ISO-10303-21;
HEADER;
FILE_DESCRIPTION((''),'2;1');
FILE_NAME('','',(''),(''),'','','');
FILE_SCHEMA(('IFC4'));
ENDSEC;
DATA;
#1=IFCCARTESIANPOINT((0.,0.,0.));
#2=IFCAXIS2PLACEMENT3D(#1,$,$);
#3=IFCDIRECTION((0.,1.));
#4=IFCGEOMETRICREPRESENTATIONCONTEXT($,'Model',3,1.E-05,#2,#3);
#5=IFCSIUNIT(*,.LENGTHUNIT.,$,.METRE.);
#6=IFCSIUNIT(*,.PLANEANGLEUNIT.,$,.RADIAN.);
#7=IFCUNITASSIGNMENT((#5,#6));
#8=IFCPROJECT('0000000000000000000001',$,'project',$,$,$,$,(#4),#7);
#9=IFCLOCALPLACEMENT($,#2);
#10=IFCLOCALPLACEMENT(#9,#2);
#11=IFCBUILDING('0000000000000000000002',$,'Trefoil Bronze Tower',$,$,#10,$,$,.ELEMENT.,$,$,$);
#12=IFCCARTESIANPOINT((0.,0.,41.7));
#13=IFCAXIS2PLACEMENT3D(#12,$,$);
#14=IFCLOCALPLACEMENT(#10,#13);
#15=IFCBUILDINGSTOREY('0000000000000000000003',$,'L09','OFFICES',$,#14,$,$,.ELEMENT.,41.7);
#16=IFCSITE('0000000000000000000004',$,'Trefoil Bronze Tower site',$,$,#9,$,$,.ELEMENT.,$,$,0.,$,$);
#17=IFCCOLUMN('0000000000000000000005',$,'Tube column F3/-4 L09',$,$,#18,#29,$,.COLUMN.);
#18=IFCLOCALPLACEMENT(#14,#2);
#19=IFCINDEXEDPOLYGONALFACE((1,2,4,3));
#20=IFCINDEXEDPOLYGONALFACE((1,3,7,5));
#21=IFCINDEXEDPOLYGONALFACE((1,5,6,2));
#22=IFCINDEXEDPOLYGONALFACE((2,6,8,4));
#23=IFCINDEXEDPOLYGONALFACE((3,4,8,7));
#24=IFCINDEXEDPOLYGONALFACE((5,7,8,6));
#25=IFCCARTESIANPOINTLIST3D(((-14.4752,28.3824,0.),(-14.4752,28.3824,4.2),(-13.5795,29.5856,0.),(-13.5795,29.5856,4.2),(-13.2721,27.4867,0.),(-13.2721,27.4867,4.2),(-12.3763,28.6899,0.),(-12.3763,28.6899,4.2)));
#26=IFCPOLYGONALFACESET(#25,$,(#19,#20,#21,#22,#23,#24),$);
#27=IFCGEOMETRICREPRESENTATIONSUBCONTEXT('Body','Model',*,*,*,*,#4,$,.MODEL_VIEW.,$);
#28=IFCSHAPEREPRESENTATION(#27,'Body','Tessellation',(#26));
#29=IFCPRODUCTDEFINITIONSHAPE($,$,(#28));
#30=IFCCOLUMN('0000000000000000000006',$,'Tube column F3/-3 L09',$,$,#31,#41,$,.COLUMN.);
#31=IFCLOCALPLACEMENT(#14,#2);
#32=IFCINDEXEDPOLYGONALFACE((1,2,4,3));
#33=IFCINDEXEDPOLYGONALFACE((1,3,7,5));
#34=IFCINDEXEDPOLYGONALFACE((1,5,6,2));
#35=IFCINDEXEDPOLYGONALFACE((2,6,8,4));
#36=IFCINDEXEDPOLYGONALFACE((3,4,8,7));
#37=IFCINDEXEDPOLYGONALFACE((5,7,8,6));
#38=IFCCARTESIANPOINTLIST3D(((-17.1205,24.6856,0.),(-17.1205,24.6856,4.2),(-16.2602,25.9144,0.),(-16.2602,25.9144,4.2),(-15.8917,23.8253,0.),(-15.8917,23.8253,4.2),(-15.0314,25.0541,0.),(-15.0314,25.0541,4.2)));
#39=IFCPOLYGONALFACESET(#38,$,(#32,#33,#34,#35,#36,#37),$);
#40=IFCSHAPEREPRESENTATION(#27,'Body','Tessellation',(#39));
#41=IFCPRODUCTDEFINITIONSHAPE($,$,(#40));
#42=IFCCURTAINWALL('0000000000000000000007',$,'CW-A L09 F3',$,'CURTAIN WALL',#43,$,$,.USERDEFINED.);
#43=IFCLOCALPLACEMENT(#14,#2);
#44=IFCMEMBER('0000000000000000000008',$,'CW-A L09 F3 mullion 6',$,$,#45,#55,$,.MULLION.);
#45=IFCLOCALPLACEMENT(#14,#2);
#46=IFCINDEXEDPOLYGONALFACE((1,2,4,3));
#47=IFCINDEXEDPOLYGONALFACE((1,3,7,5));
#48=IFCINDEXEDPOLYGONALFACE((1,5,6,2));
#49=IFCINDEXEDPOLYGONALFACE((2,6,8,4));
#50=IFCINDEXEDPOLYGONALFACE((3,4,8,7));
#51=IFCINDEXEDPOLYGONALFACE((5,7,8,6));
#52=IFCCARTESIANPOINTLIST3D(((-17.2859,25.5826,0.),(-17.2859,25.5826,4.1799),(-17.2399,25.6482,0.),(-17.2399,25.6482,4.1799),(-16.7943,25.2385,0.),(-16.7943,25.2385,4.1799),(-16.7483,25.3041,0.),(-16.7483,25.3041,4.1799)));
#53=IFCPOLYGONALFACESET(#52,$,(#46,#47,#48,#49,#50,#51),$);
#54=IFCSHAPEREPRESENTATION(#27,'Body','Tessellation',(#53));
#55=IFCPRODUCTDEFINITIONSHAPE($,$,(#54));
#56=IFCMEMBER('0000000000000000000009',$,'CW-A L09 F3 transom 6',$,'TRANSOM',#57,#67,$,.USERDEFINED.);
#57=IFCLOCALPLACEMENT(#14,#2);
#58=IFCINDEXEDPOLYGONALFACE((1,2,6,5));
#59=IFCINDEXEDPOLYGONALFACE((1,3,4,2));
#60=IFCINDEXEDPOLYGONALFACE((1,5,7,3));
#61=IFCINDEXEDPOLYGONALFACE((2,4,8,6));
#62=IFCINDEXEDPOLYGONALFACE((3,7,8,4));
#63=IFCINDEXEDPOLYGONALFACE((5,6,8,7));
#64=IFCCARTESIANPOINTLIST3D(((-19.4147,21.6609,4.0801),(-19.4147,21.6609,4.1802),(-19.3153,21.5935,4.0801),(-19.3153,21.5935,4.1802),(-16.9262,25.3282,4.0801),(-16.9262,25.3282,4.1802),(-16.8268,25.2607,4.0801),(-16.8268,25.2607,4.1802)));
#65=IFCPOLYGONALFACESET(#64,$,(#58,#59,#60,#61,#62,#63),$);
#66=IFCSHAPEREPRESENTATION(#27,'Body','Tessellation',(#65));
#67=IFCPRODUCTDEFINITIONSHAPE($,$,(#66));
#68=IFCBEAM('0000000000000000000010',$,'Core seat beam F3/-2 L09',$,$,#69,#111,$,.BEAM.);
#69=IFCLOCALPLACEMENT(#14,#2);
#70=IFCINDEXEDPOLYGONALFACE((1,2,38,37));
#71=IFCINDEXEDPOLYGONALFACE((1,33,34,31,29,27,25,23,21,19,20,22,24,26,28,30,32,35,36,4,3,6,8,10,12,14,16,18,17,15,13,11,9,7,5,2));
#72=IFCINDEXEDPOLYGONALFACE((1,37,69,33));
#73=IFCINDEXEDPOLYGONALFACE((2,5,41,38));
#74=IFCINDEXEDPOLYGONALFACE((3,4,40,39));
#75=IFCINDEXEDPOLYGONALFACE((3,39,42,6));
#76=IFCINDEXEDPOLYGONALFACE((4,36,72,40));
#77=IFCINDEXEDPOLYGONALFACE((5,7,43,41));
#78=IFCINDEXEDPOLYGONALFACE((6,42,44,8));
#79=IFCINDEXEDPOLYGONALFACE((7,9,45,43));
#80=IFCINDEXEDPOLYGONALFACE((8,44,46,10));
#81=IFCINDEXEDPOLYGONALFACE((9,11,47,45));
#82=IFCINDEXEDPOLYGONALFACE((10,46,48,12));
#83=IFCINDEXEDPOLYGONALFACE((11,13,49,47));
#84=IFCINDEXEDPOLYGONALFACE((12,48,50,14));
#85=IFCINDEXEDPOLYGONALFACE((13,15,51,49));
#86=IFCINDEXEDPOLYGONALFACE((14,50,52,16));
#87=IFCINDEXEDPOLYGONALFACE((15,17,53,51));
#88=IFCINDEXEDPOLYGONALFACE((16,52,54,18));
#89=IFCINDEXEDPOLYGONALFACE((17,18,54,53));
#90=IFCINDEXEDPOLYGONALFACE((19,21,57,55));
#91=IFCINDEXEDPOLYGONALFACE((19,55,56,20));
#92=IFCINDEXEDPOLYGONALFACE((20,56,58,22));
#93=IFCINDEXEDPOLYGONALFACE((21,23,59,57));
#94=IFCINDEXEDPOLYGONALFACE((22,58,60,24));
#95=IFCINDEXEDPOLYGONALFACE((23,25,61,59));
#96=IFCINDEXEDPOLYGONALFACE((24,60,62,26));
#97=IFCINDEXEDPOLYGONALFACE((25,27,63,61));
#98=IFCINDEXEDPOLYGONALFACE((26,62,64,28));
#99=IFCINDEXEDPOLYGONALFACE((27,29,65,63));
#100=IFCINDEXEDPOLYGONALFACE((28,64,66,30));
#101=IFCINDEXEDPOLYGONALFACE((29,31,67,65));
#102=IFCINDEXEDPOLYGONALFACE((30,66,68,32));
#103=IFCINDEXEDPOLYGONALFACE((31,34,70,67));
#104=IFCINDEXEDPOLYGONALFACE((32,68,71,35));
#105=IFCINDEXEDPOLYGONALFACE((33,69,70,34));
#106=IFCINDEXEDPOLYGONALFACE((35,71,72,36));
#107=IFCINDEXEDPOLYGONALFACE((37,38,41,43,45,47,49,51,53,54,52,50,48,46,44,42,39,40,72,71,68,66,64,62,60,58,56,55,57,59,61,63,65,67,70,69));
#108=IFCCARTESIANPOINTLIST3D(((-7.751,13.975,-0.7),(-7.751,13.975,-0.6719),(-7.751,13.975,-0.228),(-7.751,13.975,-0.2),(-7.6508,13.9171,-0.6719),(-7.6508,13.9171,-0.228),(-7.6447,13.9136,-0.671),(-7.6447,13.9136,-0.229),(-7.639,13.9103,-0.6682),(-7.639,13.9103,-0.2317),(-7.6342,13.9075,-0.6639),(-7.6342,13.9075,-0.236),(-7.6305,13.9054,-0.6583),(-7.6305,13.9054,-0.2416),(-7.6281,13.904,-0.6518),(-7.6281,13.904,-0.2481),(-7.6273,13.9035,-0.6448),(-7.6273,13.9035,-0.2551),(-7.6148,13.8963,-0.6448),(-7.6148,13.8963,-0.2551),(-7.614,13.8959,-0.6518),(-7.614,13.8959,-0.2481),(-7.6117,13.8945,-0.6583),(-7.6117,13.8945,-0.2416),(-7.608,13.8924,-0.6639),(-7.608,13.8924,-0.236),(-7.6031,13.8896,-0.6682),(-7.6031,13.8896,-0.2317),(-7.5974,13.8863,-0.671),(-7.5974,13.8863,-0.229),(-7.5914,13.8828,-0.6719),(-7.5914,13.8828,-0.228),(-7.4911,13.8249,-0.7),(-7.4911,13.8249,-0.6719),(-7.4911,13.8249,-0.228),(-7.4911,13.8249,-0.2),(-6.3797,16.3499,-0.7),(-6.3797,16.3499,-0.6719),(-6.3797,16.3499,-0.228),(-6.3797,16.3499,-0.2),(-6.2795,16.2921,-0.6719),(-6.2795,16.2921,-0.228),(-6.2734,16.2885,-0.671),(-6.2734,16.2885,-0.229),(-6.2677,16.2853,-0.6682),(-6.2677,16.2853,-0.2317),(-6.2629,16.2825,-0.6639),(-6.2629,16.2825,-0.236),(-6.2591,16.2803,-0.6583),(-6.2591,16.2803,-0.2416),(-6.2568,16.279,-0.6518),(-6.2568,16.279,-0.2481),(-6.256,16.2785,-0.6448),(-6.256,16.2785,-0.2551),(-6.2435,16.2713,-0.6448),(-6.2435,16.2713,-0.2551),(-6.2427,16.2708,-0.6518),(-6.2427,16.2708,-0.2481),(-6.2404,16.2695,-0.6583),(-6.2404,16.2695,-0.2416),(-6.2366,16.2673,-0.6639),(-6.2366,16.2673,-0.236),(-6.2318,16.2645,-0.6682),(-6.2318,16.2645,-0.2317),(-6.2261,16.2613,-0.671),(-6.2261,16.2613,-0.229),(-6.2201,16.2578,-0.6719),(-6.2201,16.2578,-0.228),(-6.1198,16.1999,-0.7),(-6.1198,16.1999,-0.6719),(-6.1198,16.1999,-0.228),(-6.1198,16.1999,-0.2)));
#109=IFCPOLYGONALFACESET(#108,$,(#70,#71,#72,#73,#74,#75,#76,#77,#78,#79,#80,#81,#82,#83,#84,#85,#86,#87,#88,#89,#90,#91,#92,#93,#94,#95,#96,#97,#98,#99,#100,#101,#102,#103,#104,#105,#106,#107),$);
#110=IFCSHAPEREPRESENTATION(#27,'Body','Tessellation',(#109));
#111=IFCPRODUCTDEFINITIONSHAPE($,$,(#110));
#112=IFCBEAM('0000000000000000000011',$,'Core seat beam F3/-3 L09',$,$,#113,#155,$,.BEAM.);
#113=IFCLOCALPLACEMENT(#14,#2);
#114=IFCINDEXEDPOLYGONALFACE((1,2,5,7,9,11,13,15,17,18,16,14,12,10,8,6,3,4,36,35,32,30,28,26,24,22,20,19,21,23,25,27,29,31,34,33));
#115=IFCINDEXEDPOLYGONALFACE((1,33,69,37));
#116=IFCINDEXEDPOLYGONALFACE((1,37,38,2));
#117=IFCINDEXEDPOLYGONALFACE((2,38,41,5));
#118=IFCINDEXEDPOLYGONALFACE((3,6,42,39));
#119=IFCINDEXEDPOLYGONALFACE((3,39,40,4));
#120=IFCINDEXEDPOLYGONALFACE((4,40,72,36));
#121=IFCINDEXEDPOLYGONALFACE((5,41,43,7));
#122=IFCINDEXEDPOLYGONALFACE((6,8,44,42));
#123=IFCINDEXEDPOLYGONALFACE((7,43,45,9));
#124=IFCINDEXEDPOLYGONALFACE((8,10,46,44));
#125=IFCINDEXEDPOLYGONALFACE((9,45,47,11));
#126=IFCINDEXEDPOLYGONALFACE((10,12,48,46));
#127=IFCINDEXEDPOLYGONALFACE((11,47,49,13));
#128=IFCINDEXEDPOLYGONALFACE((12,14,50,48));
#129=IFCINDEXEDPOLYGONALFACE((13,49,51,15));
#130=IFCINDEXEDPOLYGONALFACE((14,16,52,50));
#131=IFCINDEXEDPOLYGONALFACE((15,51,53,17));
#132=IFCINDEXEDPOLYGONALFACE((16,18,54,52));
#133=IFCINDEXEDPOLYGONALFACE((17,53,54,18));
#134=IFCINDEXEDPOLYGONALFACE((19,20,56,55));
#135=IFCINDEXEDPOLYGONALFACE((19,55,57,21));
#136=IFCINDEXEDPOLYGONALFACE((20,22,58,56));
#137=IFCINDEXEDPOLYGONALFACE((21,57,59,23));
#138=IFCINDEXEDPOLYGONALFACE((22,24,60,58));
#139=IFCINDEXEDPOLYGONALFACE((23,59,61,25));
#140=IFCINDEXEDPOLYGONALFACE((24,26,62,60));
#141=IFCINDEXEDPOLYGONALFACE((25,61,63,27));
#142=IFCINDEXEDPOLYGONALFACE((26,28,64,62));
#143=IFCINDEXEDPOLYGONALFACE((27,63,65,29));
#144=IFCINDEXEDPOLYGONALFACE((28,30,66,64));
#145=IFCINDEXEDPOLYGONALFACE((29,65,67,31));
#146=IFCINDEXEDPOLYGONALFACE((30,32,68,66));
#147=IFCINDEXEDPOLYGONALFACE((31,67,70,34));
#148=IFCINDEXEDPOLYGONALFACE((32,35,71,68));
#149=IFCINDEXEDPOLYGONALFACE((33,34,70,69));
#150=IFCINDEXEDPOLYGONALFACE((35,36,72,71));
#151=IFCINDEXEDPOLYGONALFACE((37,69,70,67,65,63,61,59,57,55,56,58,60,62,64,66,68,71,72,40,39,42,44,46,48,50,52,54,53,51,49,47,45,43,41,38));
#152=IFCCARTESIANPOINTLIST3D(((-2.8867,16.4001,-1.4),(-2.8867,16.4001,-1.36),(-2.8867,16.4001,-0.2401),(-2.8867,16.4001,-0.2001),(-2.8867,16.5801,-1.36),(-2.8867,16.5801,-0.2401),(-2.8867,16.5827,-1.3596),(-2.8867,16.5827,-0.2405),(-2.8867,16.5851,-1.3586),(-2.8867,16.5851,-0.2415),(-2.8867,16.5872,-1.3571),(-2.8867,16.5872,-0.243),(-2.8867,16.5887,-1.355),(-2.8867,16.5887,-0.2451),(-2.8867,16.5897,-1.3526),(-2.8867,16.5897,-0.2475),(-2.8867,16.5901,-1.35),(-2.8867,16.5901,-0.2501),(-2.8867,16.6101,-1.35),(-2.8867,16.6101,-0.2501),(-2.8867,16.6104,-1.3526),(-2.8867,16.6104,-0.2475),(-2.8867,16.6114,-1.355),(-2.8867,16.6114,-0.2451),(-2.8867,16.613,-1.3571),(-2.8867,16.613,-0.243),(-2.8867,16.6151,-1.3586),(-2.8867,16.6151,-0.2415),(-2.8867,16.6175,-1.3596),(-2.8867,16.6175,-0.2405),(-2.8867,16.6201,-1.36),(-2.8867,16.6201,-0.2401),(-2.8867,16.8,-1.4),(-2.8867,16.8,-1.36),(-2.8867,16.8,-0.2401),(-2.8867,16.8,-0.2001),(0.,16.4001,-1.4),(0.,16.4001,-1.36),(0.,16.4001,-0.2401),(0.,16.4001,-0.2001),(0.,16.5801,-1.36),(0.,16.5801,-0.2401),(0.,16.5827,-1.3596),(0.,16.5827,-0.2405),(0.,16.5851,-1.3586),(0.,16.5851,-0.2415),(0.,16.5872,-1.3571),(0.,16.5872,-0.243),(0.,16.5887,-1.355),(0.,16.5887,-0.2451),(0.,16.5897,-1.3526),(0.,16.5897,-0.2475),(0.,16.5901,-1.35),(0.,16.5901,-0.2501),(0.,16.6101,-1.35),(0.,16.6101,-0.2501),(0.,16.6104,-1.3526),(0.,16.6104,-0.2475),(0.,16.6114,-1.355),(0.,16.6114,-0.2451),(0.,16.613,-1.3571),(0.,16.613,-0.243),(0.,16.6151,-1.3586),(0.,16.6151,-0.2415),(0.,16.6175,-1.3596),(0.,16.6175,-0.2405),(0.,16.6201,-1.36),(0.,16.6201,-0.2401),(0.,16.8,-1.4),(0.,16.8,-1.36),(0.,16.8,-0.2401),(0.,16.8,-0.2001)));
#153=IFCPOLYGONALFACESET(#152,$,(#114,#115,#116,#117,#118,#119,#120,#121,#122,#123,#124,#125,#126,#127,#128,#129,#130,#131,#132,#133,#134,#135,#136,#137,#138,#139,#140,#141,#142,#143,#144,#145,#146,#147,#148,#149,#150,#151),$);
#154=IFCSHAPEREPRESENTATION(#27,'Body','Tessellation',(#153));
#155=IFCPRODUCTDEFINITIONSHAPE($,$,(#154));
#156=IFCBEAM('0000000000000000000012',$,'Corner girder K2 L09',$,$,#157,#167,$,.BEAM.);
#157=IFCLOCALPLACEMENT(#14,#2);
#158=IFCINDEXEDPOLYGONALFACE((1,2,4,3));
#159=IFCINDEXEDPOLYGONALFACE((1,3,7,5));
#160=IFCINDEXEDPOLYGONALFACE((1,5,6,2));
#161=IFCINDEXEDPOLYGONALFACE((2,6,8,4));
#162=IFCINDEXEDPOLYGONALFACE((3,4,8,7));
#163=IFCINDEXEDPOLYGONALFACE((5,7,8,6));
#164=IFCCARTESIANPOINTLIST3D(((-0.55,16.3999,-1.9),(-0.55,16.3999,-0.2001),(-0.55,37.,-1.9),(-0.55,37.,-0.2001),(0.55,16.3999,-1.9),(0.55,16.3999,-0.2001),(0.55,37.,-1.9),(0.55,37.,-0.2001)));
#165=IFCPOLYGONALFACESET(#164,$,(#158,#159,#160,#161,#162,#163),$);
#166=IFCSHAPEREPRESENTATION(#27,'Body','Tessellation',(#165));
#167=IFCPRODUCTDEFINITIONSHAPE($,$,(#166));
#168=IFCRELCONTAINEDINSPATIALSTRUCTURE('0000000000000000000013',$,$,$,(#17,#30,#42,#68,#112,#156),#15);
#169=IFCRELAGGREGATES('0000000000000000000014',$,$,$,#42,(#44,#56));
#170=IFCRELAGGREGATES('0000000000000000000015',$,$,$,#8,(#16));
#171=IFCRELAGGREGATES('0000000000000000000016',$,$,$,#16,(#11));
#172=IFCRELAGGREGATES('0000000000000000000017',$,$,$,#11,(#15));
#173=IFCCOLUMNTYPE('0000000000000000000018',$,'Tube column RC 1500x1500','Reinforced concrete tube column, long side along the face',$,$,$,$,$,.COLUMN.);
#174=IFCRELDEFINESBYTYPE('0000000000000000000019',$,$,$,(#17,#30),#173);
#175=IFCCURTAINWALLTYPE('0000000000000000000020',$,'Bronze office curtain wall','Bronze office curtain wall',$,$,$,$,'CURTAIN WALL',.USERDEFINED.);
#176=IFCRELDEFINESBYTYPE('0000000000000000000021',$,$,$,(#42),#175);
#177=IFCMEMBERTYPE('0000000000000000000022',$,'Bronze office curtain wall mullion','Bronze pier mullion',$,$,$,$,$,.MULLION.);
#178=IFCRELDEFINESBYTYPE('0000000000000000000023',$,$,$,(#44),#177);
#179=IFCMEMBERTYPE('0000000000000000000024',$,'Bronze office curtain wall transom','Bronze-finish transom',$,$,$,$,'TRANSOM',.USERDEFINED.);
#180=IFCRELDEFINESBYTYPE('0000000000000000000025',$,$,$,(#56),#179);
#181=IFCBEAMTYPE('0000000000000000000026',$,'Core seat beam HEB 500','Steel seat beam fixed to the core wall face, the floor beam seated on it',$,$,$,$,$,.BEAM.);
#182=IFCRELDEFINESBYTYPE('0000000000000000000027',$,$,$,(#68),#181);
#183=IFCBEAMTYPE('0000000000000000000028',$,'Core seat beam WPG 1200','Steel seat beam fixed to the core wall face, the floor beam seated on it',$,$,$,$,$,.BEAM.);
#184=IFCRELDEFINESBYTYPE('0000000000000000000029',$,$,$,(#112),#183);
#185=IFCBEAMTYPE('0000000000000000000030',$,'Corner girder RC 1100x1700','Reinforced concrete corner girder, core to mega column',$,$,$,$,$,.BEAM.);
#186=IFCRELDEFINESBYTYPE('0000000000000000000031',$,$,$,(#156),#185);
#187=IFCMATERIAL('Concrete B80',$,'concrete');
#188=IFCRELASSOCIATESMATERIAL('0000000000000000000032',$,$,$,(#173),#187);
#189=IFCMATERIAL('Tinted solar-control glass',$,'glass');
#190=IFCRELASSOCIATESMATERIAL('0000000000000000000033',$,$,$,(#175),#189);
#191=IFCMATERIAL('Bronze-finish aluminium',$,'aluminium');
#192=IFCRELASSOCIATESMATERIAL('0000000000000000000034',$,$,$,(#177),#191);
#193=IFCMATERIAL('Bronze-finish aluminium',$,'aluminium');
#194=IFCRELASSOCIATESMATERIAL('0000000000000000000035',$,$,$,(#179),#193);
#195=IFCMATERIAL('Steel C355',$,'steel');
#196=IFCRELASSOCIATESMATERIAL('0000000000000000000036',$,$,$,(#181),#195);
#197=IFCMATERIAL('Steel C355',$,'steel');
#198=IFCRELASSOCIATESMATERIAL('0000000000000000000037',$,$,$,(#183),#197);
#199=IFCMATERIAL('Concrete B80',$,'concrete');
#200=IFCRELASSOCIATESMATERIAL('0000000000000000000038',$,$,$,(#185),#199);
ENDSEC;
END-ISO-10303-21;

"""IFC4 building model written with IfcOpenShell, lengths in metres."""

from ifc_helpers import new_model, si_unit, direction, frame, origin, origin_2d, place, context, subcontext, project, spatial, rectangle, i_section, extrude, material, material_profile, profile_set, type_object, element, aggregate, save


model = new_model("IFC4")

# Units and contexts
model_context = context("Model", 3, precision=1e-05, world=origin(), true_north=direction((0.0, 1.0)))
body_context = subcontext(model_context, "Body", "Model", "MODEL_VIEW")
ifc_project = project(units=[si_unit("LENGTHUNIT", "METRE"), si_unit("PLANEANGLEUNIT", "RADIAN")], contexts=[model_context])

# Site, building, storey
site_placement = place(None, origin())
site = spatial("IfcSite", under=ifc_project, at=site_placement, Name="Trefoil Bronze Tower site", CompositionType="ELEMENT", RefElevation=0.0)
building_placement = place(site_placement, origin())
building = spatial("IfcBuilding", under=site, at=building_placement, Name="Trefoil Bronze Tower", CompositionType="ELEMENT")
storey_placement = place(building_placement, frame((0.0, 0.0, 41.7)))
storey = spatial("IfcBuildingStorey", under=building, at=storey_placement, Name="L09", Description="OFFICES", CompositionType="ELEMENT", Elevation=41.7)

# Columns
ifc_material_1 = material(Name="Concrete B80", Category="concrete")
ifc_material_profile_1 = material_profile(ifc_material_1, rectangle(XDim=1.5, YDim=1.5, at=origin_2d()), Name="RC 1500x1500")
ifc_profile_set_1 = profile_set([ifc_material_profile_1], Name="Concrete B80")
column_type = type_object("IfcColumnType", Name="Tube column RC 1500x1500", Description="Reinforced concrete tube column, long side along the face", PredefinedType="COLUMN", material=ifc_profile_set_1)
for number, where, z_axis, x_axis, name in (
    (1, (-13.4258, 28.5361, 0.0), (0.0, 0.0, 1.0), (-0.597154, -0.802127, 0.0), "Tube column F3/-4 L09"),
    (2, (-16.0759, 24.8699, 0.0), (0.0, 0.0, 1.0), (-0.573502, -0.819204, 0.0), "Tube column F3/-3 L09"),
):
    element("IfcColumn", number, at=place(storey_placement, frame(where, z_axis=z_axis, x_axis=x_axis)), inside=storey, type_object=column_type, Name=name, PredefinedType="COLUMN", context=body_context, shape_type="SweptSolid", body=[
        extrude(rectangle(XDim=1.5, YDim=1.5, at=origin_2d()), origin(), (0.0, 0.0, 1.0), 4.2),
    ])

# Curtain wall, members
ifc_material_2 = material(Name="Tinted solar-control glass", Category="glass")
curtain_wall_type = type_object("IfcCurtainWallType", Name="Bronze office curtain wall", Description="Bronze office curtain wall", ElementType="CURTAIN WALL", PredefinedType="USERDEFINED", material=ifc_material_2)
curtain_wall_placement = place(storey_placement, origin())
curtain_wall = element("IfcCurtainWall", 3, at=curtain_wall_placement, inside=storey, type_object=curtain_wall_type, Name="CW-A L09 F3", ObjectType="CURTAIN WALL", PredefinedType="USERDEFINED")
ifc_material_3 = material(Name="Bronze-finish aluminium", Category="aluminium")
ifc_material_profile_2 = material_profile(ifc_material_3, rectangle(XDim=0.6001, YDim=0.0801, at=origin_2d()), Name="CW-A mullion")
ifc_profile_set_2 = profile_set([ifc_material_profile_2], Name="Bronze-finish aluminium")
member_type_1 = type_object("IfcMemberType", Name="Bronze office curtain wall mullion", Description="Bronze pier mullion", PredefinedType="MULLION", material=ifc_profile_set_2)
member_1_placement = place(storey_placement, frame((-17.0171, 25.4434, 0.0), z_axis=(0.0, 0.0, 1.0), x_axis=(0.819204, -0.573502, 0.0)))
member_1 = element("IfcMember", 4, at=member_1_placement, type_object=member_type_1, Name="CW-A L09 F3 mullion 6", PredefinedType="MULLION", context=body_context, shape_type="SweptSolid", body=[
    extrude(rectangle(XDim=0.6001, YDim=0.0801, at=origin_2d()), origin(), (0.0, 0.0, 1.0), 4.1799),
])
ifc_material_4 = material(Name="Bronze-finish aluminium", Category="aluminium")
ifc_material_profile_3 = material_profile(ifc_material_4, rectangle(XDim=0.1201, YDim=0.1001, at=origin_2d()), Name="CW-A transom")
ifc_profile_set_3 = profile_set([ifc_material_profile_3], Name="Bronze-finish aluminium")
member_type_2 = type_object("IfcMemberType", Name="Bronze office curtain wall transom", Description="Bronze-finish transom", ElementType="TRANSOM", PredefinedType="USERDEFINED", material=ifc_profile_set_3)
member_2_placement = place(storey_placement, frame((-16.8765, 25.2944, 4.1301), z_axis=(-0.561508, -0.827471, 0.0), x_axis=(0.827471, -0.561508, 0.0)))
member_2 = element("IfcMember", 5, at=member_2_placement, type_object=member_type_2, Name="CW-A L09 F3 transom 6", ObjectType="TRANSOM", PredefinedType="USERDEFINED", context=body_context, shape_type="SweptSolid", body=[
    extrude(rectangle(XDim=0.1201, YDim=0.1001, at=origin_2d()), origin(), (0.0, 0.0, 1.0), 4.4319),
])

# Beams
ifc_material_5 = material(Name="Steel C355", Category="steel")
ifc_material_profile_4 = material_profile(ifc_material_5, i_section(OverallWidth=0.3, OverallDepth=0.5, WebThickness=0.0144, FlangeThickness=0.0281, FilletRadius=0.0271, at=origin_2d()), Name="HEB 500")
ifc_profile_set_4 = profile_set([ifc_material_profile_4], Name="Steel C355")
beam_type_1 = type_object("IfcBeamType", Name="Core seat beam HEB 500", Description="Steel seat beam fixed to the core wall face, the floor beam seated on it", PredefinedType="BEAM", material=ifc_profile_set_4)
beam_1_placement = place(storey_placement, frame((-6.2498, 16.2749, -0.45), z_axis=(-0.500036, -0.866005, 0.0), x_axis=(0.866005, -0.500036, 0.0)))
element("IfcBeam", 6, at=beam_1_placement, inside=storey, type_object=beam_type_1, Name="Core seat beam F3/-2 L09", PredefinedType="BEAM", context=body_context, shape_type="SweptSolid", body=[
    extrude(i_section(OverallWidth=0.3, OverallDepth=0.5, WebThickness=0.0144, FlangeThickness=0.0281, FilletRadius=0.0271, at=origin_2d()), origin(), (0.0, 0.0, 1.0), 2.7424),
])
ifc_material_6 = material(Name="Steel C355", Category="steel")
ifc_material_profile_5 = material_profile(ifc_material_6, i_section(OverallWidth=0.3999, OverallDepth=1.2, WebThickness=0.02, FlangeThickness=0.04, FilletRadius=0.01, at=origin_2d()), Name="WPG 1200")
ifc_profile_set_5 = profile_set([ifc_material_profile_5], Name="Steel C355")
beam_type_2 = type_object("IfcBeamType", Name="Core seat beam WPG 1200", Description="Steel seat beam fixed to the core wall face, the floor beam seated on it", PredefinedType="BEAM", material=ifc_profile_set_5)
beam_2_placement = place(storey_placement, frame((0.0, 16.6001, -0.8), z_axis=(-1.0, 0.0, 0.0), x_axis=(0.0, -1.0, 0.0)))
element("IfcBeam", 7, at=beam_2_placement, inside=storey, type_object=beam_type_2, Name="Core seat beam F3/-3 L09", PredefinedType="BEAM", context=body_context, shape_type="SweptSolid", body=[
    extrude(i_section(OverallWidth=0.3999, OverallDepth=1.2, WebThickness=0.02, FlangeThickness=0.04, FilletRadius=0.01, at=origin_2d()), origin(), (0.0, 0.0, 1.0), 2.8867),
])
ifc_material_7 = material(Name="Concrete B80", Category="concrete")
ifc_material_profile_6 = material_profile(ifc_material_7, rectangle(XDim=1.1001, YDim=1.7, at=origin_2d()), Name="RC 1100x1700")
ifc_profile_set_6 = profile_set([ifc_material_profile_6], Name="Concrete B80")
beam_type_3 = type_object("IfcBeamType", Name="Corner girder RC 1100x1700", Description="Reinforced concrete corner girder, core to mega column", PredefinedType="BEAM", material=ifc_profile_set_6)
beam_3_placement = place(storey_placement, frame((0.0, 16.3999, -1.05), z_axis=(0.0, 1.0, 0.0), x_axis=(-1.0, 0.0, 0.0)))
element("IfcBeam", 8, at=beam_3_placement, inside=storey, type_object=beam_type_3, Name="Corner girder K2 L09", PredefinedType="BEAM", context=body_context, shape_type="SweptSolid", body=[
    extrude(rectangle(XDim=1.1001, YDim=1.7, at=origin_2d()), origin(), (0.0, 0.0, 1.0), 20.6001),
])

aggregate(curtain_wall, [member_1, member_2])

save(model, "model.ifc")
